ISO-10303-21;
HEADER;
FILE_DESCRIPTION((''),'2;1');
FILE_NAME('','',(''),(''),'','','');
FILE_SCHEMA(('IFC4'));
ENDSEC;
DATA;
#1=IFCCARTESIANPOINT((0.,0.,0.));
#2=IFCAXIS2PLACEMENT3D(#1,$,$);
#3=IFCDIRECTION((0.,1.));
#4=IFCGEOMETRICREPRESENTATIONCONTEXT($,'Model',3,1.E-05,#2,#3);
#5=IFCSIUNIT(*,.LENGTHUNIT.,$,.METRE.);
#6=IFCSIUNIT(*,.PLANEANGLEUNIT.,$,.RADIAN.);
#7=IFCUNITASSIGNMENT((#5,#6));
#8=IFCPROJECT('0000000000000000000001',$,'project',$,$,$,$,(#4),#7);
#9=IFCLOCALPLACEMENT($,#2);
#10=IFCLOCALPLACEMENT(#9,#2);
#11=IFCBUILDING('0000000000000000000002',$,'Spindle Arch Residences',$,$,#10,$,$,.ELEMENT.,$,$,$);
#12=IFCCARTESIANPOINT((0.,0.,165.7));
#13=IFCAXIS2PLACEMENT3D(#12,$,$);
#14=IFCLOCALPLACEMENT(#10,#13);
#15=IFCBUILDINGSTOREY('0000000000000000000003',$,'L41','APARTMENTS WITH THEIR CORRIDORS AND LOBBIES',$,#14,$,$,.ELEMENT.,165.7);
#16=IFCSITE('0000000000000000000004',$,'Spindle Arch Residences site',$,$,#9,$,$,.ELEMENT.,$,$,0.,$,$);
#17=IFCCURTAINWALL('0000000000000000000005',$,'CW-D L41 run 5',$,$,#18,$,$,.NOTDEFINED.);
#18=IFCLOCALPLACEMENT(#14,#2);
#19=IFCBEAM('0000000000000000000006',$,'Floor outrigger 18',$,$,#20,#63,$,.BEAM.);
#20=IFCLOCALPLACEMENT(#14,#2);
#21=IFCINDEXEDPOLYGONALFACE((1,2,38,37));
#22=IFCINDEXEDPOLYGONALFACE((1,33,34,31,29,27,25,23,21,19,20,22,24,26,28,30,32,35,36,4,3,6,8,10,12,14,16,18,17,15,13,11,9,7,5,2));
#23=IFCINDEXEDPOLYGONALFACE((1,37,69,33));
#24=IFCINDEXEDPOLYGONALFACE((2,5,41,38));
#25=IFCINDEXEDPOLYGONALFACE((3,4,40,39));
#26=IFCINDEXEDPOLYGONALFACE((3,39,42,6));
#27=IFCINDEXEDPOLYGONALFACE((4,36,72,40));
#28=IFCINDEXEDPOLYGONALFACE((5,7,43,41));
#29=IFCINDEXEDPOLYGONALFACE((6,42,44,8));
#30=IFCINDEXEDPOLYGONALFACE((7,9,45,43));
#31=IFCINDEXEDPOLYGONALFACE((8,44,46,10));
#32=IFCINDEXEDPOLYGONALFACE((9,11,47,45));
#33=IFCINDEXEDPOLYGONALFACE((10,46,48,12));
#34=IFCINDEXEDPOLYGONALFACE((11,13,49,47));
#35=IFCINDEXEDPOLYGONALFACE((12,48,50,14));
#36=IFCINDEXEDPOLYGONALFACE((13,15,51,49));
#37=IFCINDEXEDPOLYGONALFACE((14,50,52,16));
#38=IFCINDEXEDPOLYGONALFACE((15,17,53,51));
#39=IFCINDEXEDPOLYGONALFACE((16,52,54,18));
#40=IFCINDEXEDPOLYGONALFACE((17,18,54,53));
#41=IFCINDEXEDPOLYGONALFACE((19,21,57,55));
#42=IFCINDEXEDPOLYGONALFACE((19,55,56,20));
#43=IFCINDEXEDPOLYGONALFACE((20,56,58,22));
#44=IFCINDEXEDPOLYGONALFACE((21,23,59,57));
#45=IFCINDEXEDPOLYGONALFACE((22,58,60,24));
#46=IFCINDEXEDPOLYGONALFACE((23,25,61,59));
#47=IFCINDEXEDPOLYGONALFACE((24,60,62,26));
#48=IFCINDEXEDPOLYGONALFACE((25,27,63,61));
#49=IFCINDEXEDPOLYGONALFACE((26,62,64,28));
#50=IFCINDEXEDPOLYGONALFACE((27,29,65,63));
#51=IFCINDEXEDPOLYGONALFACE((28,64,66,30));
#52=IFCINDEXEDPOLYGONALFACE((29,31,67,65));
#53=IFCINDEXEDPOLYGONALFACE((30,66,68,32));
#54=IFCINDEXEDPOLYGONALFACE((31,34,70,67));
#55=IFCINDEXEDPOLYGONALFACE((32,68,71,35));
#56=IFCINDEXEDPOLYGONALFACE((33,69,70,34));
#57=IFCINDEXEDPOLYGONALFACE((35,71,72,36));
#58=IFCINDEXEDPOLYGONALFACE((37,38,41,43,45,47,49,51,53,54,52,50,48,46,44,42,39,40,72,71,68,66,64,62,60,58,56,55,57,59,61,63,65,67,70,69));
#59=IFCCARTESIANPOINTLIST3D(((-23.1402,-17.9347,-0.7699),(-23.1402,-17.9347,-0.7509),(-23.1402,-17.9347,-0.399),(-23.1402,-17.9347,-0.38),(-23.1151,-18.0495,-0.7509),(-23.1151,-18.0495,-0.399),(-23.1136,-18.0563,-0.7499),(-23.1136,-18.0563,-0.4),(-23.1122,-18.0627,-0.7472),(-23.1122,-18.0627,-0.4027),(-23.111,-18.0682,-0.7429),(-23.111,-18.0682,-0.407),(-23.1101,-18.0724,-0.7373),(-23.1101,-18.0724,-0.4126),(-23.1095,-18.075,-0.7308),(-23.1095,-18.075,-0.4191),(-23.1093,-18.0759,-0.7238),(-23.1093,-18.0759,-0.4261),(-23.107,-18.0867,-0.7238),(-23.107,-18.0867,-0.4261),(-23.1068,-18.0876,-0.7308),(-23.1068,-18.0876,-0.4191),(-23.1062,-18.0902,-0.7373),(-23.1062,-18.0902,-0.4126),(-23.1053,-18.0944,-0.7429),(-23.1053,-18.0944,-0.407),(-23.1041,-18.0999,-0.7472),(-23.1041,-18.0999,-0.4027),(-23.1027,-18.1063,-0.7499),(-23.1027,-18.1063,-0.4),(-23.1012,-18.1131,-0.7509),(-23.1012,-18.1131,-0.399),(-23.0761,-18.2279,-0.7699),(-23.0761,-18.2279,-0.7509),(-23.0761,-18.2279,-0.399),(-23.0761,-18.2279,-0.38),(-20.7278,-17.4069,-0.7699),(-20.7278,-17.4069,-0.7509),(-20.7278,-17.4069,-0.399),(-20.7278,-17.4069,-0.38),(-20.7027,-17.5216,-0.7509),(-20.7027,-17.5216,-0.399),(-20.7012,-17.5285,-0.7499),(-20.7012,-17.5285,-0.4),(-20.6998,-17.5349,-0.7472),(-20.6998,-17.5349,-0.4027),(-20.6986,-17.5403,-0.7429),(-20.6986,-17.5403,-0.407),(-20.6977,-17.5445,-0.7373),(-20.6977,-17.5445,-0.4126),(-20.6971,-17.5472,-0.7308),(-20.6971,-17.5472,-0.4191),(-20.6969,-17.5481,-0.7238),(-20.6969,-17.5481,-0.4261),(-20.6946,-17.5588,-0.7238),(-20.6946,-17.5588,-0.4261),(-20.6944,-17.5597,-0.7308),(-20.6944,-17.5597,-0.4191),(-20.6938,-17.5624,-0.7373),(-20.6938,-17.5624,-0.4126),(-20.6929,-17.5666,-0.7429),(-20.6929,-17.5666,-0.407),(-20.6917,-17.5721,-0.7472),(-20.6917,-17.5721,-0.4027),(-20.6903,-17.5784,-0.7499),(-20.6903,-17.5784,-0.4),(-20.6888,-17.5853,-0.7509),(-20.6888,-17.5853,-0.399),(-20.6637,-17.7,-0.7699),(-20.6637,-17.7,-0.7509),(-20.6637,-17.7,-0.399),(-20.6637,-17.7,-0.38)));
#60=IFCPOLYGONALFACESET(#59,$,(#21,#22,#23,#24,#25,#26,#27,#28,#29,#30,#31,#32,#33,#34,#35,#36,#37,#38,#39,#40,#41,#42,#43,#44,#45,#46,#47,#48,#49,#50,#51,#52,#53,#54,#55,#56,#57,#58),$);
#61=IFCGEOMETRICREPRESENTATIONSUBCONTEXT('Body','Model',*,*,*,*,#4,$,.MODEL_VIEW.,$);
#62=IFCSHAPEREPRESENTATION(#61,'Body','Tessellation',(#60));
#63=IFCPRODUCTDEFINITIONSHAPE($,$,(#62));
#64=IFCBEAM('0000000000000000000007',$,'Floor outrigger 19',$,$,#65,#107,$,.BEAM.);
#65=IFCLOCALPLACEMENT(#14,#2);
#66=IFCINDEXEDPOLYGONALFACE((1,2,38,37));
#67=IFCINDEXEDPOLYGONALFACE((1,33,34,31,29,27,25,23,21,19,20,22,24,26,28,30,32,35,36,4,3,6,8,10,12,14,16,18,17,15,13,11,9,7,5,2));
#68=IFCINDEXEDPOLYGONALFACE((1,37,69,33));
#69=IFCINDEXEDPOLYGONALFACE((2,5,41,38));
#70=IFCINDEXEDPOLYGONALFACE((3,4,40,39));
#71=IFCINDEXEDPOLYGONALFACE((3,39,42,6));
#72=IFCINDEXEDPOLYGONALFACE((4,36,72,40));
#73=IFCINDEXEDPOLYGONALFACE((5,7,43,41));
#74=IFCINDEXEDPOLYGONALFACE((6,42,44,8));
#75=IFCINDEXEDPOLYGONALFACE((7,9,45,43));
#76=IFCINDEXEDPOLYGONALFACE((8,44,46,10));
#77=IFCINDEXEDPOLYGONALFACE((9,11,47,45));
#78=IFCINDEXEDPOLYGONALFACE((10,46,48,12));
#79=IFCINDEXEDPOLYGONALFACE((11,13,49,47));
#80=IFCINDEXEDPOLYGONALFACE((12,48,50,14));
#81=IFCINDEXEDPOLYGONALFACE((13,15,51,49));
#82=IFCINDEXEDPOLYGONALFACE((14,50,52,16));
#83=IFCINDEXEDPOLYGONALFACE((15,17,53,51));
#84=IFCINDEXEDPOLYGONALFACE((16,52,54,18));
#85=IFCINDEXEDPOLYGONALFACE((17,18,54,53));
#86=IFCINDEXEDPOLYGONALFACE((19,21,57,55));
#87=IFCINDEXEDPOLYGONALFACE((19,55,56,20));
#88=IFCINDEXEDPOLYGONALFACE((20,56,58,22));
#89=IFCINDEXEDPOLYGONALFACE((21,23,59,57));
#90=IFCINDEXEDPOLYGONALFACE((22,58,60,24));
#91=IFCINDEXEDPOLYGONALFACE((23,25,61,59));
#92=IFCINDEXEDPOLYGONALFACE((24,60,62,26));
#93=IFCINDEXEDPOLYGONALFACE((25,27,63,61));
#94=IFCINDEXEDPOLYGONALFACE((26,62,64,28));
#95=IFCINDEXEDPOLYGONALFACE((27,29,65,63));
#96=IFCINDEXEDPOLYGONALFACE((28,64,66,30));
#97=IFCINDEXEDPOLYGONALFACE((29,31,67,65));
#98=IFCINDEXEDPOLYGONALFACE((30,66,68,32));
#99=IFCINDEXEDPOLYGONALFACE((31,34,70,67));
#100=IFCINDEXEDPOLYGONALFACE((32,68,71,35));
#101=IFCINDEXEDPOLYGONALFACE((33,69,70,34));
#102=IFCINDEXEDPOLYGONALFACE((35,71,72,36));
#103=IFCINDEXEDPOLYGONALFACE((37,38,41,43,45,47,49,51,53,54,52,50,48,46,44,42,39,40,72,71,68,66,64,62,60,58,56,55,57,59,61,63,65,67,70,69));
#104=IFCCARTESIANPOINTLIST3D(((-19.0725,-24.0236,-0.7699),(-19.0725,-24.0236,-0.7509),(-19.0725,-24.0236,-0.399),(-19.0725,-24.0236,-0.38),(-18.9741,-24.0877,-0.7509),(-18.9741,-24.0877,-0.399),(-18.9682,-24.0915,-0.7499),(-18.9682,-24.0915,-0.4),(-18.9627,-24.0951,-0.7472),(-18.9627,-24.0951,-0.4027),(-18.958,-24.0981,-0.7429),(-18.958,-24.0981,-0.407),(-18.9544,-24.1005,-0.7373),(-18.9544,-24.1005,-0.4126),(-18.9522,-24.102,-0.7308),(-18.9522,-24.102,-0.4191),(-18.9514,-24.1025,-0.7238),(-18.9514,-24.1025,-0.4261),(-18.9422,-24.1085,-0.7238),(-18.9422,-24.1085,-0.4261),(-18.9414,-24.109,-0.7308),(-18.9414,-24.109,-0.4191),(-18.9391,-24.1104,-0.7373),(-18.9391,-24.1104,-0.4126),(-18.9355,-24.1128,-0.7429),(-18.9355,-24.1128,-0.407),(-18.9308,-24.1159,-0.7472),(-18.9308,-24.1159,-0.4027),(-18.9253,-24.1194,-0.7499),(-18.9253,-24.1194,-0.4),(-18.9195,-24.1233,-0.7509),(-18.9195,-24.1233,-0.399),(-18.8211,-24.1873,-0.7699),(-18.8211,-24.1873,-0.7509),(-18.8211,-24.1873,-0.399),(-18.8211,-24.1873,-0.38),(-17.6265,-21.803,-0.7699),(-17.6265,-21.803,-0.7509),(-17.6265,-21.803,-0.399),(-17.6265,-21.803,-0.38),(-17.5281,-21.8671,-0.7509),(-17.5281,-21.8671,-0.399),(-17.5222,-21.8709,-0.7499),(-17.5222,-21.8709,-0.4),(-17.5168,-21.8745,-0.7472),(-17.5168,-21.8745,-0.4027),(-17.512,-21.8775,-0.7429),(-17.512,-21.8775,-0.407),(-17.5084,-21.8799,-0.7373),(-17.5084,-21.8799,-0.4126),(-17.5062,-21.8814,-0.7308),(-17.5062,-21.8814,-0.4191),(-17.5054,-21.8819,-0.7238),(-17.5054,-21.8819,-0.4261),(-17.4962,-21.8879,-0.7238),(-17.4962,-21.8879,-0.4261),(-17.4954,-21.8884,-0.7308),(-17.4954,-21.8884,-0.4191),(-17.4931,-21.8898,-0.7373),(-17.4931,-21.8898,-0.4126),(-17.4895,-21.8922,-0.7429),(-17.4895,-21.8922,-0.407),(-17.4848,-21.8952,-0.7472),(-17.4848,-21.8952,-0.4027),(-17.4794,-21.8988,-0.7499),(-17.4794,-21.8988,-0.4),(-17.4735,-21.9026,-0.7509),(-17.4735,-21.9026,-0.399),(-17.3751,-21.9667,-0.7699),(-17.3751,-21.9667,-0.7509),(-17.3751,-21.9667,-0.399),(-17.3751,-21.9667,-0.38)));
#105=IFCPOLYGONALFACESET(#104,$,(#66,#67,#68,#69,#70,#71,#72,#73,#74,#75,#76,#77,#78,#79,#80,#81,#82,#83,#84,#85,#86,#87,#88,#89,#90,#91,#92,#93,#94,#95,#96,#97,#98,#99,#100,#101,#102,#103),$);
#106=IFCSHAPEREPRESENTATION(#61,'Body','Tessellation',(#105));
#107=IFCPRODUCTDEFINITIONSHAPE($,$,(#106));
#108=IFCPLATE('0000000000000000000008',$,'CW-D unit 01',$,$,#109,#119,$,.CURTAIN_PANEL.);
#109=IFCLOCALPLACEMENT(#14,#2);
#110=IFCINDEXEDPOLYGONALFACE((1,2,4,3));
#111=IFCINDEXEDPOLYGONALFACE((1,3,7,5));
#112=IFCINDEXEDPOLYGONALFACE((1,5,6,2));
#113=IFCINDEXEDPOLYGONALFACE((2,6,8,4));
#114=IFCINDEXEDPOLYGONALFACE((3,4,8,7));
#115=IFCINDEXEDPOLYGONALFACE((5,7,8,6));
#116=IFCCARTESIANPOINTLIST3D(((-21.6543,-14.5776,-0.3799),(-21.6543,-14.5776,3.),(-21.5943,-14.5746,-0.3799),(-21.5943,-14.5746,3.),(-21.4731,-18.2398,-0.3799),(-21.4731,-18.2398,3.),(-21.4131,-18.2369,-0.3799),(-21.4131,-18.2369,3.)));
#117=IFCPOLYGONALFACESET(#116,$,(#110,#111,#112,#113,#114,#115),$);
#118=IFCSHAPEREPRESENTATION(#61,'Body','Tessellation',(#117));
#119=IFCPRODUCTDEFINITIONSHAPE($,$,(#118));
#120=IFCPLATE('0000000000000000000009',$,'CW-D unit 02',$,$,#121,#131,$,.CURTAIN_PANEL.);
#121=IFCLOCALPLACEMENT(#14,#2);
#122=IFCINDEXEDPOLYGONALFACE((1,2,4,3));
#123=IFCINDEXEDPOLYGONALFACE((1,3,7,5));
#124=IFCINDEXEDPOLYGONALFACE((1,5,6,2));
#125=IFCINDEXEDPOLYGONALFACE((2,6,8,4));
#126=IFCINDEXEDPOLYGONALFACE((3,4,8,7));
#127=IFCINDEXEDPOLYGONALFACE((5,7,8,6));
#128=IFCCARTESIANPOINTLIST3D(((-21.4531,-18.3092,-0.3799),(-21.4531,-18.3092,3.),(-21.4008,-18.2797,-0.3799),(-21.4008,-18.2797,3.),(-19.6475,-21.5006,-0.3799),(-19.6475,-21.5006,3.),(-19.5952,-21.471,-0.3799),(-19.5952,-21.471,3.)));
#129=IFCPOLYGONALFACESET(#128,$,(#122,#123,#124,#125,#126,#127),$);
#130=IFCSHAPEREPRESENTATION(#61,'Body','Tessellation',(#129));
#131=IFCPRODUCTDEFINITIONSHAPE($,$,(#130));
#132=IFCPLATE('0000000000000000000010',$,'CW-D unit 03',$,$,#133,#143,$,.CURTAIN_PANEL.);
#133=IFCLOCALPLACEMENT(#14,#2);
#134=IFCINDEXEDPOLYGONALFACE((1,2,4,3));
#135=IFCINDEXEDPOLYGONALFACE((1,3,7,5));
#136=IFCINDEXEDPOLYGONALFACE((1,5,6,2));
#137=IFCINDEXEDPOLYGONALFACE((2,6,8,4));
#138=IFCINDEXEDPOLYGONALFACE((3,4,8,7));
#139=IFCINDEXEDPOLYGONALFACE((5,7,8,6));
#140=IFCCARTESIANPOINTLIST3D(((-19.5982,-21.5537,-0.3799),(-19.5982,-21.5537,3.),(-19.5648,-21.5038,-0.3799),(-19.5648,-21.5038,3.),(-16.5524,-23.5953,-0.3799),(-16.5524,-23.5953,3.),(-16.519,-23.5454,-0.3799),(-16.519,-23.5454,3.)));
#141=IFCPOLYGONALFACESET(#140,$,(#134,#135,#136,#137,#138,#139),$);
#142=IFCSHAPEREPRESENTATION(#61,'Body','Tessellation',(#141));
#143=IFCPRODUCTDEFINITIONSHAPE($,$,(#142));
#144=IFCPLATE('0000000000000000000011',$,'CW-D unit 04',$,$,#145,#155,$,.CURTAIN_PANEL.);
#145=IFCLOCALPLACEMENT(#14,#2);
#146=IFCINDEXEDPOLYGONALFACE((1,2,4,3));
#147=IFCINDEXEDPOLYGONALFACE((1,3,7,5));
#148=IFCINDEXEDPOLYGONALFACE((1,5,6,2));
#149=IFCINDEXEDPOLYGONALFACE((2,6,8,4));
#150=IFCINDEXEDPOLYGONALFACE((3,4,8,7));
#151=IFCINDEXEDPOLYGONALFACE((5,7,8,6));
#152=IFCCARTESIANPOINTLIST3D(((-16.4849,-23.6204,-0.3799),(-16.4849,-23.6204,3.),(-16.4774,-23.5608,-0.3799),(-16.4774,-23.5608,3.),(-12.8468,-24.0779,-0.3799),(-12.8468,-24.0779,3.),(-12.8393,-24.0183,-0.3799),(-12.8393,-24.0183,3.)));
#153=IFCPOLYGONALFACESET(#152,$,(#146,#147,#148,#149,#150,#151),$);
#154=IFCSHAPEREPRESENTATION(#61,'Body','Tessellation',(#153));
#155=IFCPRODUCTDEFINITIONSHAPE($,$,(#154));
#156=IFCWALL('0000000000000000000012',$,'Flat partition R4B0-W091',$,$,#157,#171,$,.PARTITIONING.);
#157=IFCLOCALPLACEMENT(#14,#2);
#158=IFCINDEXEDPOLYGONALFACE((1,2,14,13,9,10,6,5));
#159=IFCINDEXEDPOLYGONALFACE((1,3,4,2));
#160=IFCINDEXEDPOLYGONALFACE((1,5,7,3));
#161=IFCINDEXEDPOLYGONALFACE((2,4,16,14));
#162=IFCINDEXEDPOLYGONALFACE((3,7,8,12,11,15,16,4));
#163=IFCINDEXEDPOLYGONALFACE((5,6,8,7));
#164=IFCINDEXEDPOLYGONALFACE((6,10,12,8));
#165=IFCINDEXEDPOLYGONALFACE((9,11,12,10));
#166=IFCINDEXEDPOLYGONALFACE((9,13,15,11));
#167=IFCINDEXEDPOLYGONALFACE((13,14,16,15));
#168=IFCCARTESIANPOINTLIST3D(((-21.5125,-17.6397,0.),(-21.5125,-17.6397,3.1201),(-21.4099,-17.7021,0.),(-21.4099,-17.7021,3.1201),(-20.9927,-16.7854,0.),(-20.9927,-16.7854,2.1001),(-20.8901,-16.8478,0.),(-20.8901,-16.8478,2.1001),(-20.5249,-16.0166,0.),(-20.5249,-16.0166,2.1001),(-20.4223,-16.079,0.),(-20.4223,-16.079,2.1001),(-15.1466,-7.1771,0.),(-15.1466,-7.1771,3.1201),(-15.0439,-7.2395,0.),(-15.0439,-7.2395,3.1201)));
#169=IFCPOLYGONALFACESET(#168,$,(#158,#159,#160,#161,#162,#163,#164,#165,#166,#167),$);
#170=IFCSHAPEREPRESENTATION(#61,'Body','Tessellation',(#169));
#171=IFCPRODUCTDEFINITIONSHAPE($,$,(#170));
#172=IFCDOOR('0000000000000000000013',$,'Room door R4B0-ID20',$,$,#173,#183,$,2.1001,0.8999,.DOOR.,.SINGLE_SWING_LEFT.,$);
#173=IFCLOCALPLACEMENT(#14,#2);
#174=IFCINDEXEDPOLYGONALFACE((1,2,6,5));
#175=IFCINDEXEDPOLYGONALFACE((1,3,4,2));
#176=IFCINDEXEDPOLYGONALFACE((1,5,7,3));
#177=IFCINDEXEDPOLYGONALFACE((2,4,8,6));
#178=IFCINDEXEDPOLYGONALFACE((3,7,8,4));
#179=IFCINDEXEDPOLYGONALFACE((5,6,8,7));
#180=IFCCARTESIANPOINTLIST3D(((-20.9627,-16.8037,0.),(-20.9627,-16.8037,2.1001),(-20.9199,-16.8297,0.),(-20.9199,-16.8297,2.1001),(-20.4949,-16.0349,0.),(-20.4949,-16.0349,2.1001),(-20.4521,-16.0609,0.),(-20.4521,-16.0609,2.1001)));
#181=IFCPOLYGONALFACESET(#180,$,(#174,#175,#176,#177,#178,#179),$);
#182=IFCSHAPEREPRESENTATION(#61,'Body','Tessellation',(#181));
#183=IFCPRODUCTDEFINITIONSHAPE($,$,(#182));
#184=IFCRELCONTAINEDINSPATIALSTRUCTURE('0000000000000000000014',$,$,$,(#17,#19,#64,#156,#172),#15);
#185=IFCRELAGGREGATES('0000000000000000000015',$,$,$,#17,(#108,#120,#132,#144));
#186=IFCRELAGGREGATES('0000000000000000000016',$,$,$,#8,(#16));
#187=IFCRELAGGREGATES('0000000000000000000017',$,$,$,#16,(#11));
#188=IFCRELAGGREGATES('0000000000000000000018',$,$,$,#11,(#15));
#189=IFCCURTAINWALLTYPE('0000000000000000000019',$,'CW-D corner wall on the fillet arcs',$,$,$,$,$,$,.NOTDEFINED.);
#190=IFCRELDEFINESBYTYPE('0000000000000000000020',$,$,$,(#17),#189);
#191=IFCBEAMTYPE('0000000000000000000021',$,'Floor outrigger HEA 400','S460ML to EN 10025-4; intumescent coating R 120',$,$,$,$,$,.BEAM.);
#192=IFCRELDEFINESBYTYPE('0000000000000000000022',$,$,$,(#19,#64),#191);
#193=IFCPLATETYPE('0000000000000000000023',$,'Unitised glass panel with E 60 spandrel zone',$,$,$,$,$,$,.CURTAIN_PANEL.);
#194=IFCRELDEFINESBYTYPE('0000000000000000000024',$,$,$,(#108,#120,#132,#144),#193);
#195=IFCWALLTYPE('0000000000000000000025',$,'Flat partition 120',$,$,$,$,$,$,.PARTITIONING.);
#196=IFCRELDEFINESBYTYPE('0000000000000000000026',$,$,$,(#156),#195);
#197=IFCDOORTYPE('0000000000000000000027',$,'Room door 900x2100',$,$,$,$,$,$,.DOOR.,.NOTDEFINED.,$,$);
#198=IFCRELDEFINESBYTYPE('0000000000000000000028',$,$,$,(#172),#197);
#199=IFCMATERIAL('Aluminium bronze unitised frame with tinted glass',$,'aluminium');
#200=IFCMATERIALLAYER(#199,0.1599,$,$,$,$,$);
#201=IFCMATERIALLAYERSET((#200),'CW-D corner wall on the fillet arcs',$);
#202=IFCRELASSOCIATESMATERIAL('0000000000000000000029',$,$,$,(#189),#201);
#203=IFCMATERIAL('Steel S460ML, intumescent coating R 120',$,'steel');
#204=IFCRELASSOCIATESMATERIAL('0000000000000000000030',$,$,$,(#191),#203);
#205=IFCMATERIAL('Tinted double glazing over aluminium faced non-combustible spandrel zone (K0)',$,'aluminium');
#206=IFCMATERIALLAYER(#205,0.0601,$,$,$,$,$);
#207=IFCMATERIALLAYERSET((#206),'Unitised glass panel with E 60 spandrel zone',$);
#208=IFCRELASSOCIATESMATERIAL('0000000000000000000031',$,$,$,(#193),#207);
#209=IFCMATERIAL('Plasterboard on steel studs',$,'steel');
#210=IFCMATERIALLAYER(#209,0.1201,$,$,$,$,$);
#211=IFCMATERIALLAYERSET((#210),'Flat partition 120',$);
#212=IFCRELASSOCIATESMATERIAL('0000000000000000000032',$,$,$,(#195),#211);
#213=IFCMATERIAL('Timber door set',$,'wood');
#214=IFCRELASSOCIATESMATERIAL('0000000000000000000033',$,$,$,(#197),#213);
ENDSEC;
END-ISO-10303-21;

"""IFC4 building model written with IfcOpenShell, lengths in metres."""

from ifc_helpers import new_model, si_unit, direction, frame, frame_2d, origin, origin_2d, place, context, subcontext, project, spatial, rectangle, i_section, extrude, material, layer, layer_set, material_profile, profile_set, type_object, element, fill, aggregate, save


model = new_model("IFC4")

# Units and contexts
model_context = context("Model", 3, precision=1e-05, world=origin(), true_north=direction((0.0, 1.0)))
body_context = subcontext(model_context, "Body", "Model", "MODEL_VIEW")
ifc_project = project(units=[si_unit("LENGTHUNIT", "METRE"), si_unit("PLANEANGLEUNIT", "RADIAN")], contexts=[model_context])

# Site, building, storey
site_placement = place(None, origin())
site = spatial("IfcSite", under=ifc_project, at=site_placement, Name="Spindle Arch Residences site", CompositionType="ELEMENT", RefElevation=0.0)
building_placement = place(site_placement, origin())
building = spatial("IfcBuilding", under=site, at=building_placement, Name="Spindle Arch Residences", CompositionType="ELEMENT")
storey_placement = place(building_placement, frame((0.0, 0.0, 165.7)))
storey = spatial("IfcBuildingStorey", under=building, at=storey_placement, Name="L41", Description="APARTMENTS WITH THEIR CORRIDORS AND LOBBIES", CompositionType="ELEMENT", Elevation=165.7)

# Curtain wall
ifc_material_1 = material(Name="Aluminium bronze unitised frame with tinted glass", Category="aluminium")
ifc_layer_1 = layer(ifc_material_1, 0.1599)
ifc_layer_set_1 = layer_set([ifc_layer_1], Name="CW-D corner wall on the fillet arcs")
curtain_wall_type = type_object("IfcCurtainWallType", Name="CW-D corner wall on the fillet arcs", PredefinedType="NOTDEFINED", material=ifc_layer_set_1)
curtain_wall_placement = place(storey_placement, origin())
curtain_wall = element("IfcCurtainWall", 1, at=curtain_wall_placement, inside=storey, type_object=curtain_wall_type, Name="CW-D L41 run 5", PredefinedType="NOTDEFINED")

# Beams
ifc_material_2 = material(Name="Steel S460ML, intumescent coating R 120", Category="steel")
ifc_material_profile_1 = material_profile(ifc_material_2, i_section(OverallWidth=0.3, OverallDepth=0.3899, WebThickness=0.011, FlangeThickness=0.019, FilletRadius=0.0271, at=origin_2d()), Name="HEA 400")
ifc_profile_set_1 = profile_set([ifc_material_profile_1], Name="Steel S460ML, intumescent coating R 120")
beam_type_1 = type_object("IfcBeamType", Name="Floor outrigger HEA 400", Description="S460ML to EN 10025-4; intumescent coating R 120", PredefinedType="BEAM", material=ifc_profile_set_1)
beam_1_placement = place(storey_placement, frame((-23.1082, -18.0813, -0.575), z_axis=(0.976889, 0.213747, 0.0), x_axis=(-0.213747, 0.976889, 0.0)))
element("IfcBeam", 2, at=beam_1_placement, inside=storey, type_object=beam_type_1, Name="Floor outrigger 18", PredefinedType="BEAM", context=body_context, shape_type="SweptSolid", body=[
    extrude(i_section(OverallWidth=0.3, OverallDepth=0.3899, WebThickness=0.011, FlangeThickness=0.019, FilletRadius=0.0271, at=origin_2d()), origin(), (0.0, 0.0, 1.0), 2.4695),
])
beam_2_placement = place(storey_placement, frame((-18.9468, -24.1055, -0.575), z_axis=(0.545675, 0.837997, 0.0), x_axis=(-0.837997, 0.545675, 0.0)))
element("IfcBeam", 3, at=beam_2_placement, inside=storey, type_object=beam_type_1, Name="Floor outrigger 19", PredefinedType="BEAM", context=body_context, shape_type="SweptSolid", body=[
    extrude(i_section(OverallWidth=0.3, OverallDepth=0.3899, WebThickness=0.011, FlangeThickness=0.019, FilletRadius=0.0271, at=origin_2d()), origin(), (0.0, 0.0, 1.0), 2.6499),
])

# Plates
ifc_material_3 = material(Name="Tinted double glazing over aluminium faced non-combustible spandrel zone (K0)", Category="aluminium")
ifc_layer_2 = layer(ifc_material_3, 0.0601)
ifc_layer_set_2 = layer_set([ifc_layer_2], Name="Unitised glass panel with E 60 spandrel zone")
plate_type = type_object("IfcPlateType", Name="Unitised glass panel with E 60 spandrel zone", PredefinedType="CURTAIN_PANEL", material=ifc_layer_set_2)
plate_1_placement = place(storey_placement, frame((-21.5337, -16.4072, -0.3799), z_axis=(0.0, 0.0, 1.0), x_axis=(0.049431, -0.998778, 0.0)))
plate_1 = element("IfcPlate", 4, at=plate_1_placement, type_object=plate_type, Name="CW-D unit 01", PredefinedType="CURTAIN_PANEL", context=body_context, shape_type="SweptSolid", body=[
    extrude(rectangle(XDim=3.6667, YDim=0.0601, at=origin_2d()), origin(), (0.0, 0.0, 1.0), 3.3799),
])
plate_2_placement = place(storey_placement, frame((-20.5242, -19.8901, -0.3799), z_axis=(0.0, 0.0, 1.0), x_axis=(0.492424, -0.870356, 0.0)))
plate_2 = element("IfcPlate", 5, at=plate_2_placement, type_object=plate_type, Name="CW-D unit 02", PredefinedType="CURTAIN_PANEL", context=body_context, shape_type="SweptSolid", body=[
    extrude(rectangle(XDim=3.6667, YDim=0.0601, at=origin_2d()), origin(), (0.0, 0.0, 1.0), 3.3799),
])
plate_3_placement = place(storey_placement, frame((-18.0586, -22.5496, -0.3799), z_axis=(0.0, 0.0, 1.0), x_axis=(0.830661, -0.556779, 0.0)))
plate_3 = element("IfcPlate", 6, at=plate_3_placement, type_object=plate_type, Name="CW-D unit 03", PredefinedType="CURTAIN_PANEL", context=body_context, shape_type="SweptSolid", body=[
    extrude(rectangle(XDim=3.6667, YDim=0.0601, at=origin_2d()), origin(), (0.0, 0.0, 1.0), 3.3799),
])
plate_4_placement = place(storey_placement, frame((-14.6621, -23.8193, -0.3799), z_axis=(0.0, 0.0, 1.0), x_axis=(0.992187, -0.124756, 0.0)))
plate_4 = element("IfcPlate", 7, at=plate_4_placement, type_object=plate_type, Name="CW-D unit 04", PredefinedType="CURTAIN_PANEL", context=body_context, shape_type="SweptSolid", body=[
    extrude(rectangle(XDim=3.6667, YDim=0.0601, at=origin_2d()), origin(), (0.0, 0.0, 1.0), 3.3799),
])
aggregate(curtain_wall, [plate_1, plate_2, plate_3, plate_4])

# Wall, opening, door
ifc_material_4 = material(Name="Plasterboard on steel studs", Category="steel")
ifc_layer_3 = layer(ifc_material_4, 0.1201)
ifc_layer_set_3 = layer_set([ifc_layer_3], Name="Flat partition 120")
wall_type_1 = type_object("IfcWallType", Name="Flat partition 120", PredefinedType="PARTITIONING", material=ifc_layer_set_3)
wall_1_placement = place(storey_placement, frame((-21.4612, -17.6709, 0.0), z_axis=(0.0, 0.0, 1.0), x_axis=(0.519792, 0.854293, 0.0)))
wall_1 = element("IfcWall", 8, at=wall_1_placement, inside=storey, type_object=wall_type_1, Name="Flat partition R4B0-W091", PredefinedType="PARTITIONING", context=body_context, shape_type="SweptSolid", body=[
    extrude(rectangle(XDim=12.2471, YDim=0.1201, at=frame_2d((6.1235, 0.0))), origin(), (0.0, 0.0, 1.0), 3.1201),
])
opening_1_placement = place(wall_1_placement, frame((1.0, 0.0, 0.0)))
opening_1 = element("IfcOpeningElement", 9, at=opening_1_placement, cuts=wall_1, PredefinedType="OPENING", context=body_context, shape_type="SweptSolid", body=[
    extrude(rectangle(XDim=0.8999, YDim=2.1001, at=frame_2d((0.45, 1.05))), frame((0.0, 0.0701, 0.0), z_axis=(0.0, -1.0, 0.0), x_axis=(1.0, 0.0, 0.0)), (0.0, 0.0, 1.0), 0.1401),
])
ifc_material_5 = material(Name="Timber door set", Category="wood")
door_type = type_object("IfcDoorType", Name="Room door 900x2100", OperationType="NOTDEFINED", PredefinedType="DOOR", material=ifc_material_5)
door_1_placement = place(opening_1_placement, origin())
door_1 = element("IfcDoor", 10, at=door_1_placement, inside=storey, type_object=door_type, Name="Room door R4B0-ID20", OperationType="SINGLE_SWING_LEFT", OverallHeight=2.1001, OverallWidth=0.8999, PredefinedType="DOOR", context=body_context, shape_type="SweptSolid", body=[
    extrude(rectangle(XDim=0.8999, YDim=2.1001, at=frame_2d((0.45, 1.05))), frame((0.0, 0.0249, 0.0), z_axis=(0.0, -1.0, 0.0), x_axis=(1.0, 0.0, 0.0)), (0.0, 0.0, 1.0), 0.05),
])
fill(opening_1, door_1)

save(model, "model.ifc")
